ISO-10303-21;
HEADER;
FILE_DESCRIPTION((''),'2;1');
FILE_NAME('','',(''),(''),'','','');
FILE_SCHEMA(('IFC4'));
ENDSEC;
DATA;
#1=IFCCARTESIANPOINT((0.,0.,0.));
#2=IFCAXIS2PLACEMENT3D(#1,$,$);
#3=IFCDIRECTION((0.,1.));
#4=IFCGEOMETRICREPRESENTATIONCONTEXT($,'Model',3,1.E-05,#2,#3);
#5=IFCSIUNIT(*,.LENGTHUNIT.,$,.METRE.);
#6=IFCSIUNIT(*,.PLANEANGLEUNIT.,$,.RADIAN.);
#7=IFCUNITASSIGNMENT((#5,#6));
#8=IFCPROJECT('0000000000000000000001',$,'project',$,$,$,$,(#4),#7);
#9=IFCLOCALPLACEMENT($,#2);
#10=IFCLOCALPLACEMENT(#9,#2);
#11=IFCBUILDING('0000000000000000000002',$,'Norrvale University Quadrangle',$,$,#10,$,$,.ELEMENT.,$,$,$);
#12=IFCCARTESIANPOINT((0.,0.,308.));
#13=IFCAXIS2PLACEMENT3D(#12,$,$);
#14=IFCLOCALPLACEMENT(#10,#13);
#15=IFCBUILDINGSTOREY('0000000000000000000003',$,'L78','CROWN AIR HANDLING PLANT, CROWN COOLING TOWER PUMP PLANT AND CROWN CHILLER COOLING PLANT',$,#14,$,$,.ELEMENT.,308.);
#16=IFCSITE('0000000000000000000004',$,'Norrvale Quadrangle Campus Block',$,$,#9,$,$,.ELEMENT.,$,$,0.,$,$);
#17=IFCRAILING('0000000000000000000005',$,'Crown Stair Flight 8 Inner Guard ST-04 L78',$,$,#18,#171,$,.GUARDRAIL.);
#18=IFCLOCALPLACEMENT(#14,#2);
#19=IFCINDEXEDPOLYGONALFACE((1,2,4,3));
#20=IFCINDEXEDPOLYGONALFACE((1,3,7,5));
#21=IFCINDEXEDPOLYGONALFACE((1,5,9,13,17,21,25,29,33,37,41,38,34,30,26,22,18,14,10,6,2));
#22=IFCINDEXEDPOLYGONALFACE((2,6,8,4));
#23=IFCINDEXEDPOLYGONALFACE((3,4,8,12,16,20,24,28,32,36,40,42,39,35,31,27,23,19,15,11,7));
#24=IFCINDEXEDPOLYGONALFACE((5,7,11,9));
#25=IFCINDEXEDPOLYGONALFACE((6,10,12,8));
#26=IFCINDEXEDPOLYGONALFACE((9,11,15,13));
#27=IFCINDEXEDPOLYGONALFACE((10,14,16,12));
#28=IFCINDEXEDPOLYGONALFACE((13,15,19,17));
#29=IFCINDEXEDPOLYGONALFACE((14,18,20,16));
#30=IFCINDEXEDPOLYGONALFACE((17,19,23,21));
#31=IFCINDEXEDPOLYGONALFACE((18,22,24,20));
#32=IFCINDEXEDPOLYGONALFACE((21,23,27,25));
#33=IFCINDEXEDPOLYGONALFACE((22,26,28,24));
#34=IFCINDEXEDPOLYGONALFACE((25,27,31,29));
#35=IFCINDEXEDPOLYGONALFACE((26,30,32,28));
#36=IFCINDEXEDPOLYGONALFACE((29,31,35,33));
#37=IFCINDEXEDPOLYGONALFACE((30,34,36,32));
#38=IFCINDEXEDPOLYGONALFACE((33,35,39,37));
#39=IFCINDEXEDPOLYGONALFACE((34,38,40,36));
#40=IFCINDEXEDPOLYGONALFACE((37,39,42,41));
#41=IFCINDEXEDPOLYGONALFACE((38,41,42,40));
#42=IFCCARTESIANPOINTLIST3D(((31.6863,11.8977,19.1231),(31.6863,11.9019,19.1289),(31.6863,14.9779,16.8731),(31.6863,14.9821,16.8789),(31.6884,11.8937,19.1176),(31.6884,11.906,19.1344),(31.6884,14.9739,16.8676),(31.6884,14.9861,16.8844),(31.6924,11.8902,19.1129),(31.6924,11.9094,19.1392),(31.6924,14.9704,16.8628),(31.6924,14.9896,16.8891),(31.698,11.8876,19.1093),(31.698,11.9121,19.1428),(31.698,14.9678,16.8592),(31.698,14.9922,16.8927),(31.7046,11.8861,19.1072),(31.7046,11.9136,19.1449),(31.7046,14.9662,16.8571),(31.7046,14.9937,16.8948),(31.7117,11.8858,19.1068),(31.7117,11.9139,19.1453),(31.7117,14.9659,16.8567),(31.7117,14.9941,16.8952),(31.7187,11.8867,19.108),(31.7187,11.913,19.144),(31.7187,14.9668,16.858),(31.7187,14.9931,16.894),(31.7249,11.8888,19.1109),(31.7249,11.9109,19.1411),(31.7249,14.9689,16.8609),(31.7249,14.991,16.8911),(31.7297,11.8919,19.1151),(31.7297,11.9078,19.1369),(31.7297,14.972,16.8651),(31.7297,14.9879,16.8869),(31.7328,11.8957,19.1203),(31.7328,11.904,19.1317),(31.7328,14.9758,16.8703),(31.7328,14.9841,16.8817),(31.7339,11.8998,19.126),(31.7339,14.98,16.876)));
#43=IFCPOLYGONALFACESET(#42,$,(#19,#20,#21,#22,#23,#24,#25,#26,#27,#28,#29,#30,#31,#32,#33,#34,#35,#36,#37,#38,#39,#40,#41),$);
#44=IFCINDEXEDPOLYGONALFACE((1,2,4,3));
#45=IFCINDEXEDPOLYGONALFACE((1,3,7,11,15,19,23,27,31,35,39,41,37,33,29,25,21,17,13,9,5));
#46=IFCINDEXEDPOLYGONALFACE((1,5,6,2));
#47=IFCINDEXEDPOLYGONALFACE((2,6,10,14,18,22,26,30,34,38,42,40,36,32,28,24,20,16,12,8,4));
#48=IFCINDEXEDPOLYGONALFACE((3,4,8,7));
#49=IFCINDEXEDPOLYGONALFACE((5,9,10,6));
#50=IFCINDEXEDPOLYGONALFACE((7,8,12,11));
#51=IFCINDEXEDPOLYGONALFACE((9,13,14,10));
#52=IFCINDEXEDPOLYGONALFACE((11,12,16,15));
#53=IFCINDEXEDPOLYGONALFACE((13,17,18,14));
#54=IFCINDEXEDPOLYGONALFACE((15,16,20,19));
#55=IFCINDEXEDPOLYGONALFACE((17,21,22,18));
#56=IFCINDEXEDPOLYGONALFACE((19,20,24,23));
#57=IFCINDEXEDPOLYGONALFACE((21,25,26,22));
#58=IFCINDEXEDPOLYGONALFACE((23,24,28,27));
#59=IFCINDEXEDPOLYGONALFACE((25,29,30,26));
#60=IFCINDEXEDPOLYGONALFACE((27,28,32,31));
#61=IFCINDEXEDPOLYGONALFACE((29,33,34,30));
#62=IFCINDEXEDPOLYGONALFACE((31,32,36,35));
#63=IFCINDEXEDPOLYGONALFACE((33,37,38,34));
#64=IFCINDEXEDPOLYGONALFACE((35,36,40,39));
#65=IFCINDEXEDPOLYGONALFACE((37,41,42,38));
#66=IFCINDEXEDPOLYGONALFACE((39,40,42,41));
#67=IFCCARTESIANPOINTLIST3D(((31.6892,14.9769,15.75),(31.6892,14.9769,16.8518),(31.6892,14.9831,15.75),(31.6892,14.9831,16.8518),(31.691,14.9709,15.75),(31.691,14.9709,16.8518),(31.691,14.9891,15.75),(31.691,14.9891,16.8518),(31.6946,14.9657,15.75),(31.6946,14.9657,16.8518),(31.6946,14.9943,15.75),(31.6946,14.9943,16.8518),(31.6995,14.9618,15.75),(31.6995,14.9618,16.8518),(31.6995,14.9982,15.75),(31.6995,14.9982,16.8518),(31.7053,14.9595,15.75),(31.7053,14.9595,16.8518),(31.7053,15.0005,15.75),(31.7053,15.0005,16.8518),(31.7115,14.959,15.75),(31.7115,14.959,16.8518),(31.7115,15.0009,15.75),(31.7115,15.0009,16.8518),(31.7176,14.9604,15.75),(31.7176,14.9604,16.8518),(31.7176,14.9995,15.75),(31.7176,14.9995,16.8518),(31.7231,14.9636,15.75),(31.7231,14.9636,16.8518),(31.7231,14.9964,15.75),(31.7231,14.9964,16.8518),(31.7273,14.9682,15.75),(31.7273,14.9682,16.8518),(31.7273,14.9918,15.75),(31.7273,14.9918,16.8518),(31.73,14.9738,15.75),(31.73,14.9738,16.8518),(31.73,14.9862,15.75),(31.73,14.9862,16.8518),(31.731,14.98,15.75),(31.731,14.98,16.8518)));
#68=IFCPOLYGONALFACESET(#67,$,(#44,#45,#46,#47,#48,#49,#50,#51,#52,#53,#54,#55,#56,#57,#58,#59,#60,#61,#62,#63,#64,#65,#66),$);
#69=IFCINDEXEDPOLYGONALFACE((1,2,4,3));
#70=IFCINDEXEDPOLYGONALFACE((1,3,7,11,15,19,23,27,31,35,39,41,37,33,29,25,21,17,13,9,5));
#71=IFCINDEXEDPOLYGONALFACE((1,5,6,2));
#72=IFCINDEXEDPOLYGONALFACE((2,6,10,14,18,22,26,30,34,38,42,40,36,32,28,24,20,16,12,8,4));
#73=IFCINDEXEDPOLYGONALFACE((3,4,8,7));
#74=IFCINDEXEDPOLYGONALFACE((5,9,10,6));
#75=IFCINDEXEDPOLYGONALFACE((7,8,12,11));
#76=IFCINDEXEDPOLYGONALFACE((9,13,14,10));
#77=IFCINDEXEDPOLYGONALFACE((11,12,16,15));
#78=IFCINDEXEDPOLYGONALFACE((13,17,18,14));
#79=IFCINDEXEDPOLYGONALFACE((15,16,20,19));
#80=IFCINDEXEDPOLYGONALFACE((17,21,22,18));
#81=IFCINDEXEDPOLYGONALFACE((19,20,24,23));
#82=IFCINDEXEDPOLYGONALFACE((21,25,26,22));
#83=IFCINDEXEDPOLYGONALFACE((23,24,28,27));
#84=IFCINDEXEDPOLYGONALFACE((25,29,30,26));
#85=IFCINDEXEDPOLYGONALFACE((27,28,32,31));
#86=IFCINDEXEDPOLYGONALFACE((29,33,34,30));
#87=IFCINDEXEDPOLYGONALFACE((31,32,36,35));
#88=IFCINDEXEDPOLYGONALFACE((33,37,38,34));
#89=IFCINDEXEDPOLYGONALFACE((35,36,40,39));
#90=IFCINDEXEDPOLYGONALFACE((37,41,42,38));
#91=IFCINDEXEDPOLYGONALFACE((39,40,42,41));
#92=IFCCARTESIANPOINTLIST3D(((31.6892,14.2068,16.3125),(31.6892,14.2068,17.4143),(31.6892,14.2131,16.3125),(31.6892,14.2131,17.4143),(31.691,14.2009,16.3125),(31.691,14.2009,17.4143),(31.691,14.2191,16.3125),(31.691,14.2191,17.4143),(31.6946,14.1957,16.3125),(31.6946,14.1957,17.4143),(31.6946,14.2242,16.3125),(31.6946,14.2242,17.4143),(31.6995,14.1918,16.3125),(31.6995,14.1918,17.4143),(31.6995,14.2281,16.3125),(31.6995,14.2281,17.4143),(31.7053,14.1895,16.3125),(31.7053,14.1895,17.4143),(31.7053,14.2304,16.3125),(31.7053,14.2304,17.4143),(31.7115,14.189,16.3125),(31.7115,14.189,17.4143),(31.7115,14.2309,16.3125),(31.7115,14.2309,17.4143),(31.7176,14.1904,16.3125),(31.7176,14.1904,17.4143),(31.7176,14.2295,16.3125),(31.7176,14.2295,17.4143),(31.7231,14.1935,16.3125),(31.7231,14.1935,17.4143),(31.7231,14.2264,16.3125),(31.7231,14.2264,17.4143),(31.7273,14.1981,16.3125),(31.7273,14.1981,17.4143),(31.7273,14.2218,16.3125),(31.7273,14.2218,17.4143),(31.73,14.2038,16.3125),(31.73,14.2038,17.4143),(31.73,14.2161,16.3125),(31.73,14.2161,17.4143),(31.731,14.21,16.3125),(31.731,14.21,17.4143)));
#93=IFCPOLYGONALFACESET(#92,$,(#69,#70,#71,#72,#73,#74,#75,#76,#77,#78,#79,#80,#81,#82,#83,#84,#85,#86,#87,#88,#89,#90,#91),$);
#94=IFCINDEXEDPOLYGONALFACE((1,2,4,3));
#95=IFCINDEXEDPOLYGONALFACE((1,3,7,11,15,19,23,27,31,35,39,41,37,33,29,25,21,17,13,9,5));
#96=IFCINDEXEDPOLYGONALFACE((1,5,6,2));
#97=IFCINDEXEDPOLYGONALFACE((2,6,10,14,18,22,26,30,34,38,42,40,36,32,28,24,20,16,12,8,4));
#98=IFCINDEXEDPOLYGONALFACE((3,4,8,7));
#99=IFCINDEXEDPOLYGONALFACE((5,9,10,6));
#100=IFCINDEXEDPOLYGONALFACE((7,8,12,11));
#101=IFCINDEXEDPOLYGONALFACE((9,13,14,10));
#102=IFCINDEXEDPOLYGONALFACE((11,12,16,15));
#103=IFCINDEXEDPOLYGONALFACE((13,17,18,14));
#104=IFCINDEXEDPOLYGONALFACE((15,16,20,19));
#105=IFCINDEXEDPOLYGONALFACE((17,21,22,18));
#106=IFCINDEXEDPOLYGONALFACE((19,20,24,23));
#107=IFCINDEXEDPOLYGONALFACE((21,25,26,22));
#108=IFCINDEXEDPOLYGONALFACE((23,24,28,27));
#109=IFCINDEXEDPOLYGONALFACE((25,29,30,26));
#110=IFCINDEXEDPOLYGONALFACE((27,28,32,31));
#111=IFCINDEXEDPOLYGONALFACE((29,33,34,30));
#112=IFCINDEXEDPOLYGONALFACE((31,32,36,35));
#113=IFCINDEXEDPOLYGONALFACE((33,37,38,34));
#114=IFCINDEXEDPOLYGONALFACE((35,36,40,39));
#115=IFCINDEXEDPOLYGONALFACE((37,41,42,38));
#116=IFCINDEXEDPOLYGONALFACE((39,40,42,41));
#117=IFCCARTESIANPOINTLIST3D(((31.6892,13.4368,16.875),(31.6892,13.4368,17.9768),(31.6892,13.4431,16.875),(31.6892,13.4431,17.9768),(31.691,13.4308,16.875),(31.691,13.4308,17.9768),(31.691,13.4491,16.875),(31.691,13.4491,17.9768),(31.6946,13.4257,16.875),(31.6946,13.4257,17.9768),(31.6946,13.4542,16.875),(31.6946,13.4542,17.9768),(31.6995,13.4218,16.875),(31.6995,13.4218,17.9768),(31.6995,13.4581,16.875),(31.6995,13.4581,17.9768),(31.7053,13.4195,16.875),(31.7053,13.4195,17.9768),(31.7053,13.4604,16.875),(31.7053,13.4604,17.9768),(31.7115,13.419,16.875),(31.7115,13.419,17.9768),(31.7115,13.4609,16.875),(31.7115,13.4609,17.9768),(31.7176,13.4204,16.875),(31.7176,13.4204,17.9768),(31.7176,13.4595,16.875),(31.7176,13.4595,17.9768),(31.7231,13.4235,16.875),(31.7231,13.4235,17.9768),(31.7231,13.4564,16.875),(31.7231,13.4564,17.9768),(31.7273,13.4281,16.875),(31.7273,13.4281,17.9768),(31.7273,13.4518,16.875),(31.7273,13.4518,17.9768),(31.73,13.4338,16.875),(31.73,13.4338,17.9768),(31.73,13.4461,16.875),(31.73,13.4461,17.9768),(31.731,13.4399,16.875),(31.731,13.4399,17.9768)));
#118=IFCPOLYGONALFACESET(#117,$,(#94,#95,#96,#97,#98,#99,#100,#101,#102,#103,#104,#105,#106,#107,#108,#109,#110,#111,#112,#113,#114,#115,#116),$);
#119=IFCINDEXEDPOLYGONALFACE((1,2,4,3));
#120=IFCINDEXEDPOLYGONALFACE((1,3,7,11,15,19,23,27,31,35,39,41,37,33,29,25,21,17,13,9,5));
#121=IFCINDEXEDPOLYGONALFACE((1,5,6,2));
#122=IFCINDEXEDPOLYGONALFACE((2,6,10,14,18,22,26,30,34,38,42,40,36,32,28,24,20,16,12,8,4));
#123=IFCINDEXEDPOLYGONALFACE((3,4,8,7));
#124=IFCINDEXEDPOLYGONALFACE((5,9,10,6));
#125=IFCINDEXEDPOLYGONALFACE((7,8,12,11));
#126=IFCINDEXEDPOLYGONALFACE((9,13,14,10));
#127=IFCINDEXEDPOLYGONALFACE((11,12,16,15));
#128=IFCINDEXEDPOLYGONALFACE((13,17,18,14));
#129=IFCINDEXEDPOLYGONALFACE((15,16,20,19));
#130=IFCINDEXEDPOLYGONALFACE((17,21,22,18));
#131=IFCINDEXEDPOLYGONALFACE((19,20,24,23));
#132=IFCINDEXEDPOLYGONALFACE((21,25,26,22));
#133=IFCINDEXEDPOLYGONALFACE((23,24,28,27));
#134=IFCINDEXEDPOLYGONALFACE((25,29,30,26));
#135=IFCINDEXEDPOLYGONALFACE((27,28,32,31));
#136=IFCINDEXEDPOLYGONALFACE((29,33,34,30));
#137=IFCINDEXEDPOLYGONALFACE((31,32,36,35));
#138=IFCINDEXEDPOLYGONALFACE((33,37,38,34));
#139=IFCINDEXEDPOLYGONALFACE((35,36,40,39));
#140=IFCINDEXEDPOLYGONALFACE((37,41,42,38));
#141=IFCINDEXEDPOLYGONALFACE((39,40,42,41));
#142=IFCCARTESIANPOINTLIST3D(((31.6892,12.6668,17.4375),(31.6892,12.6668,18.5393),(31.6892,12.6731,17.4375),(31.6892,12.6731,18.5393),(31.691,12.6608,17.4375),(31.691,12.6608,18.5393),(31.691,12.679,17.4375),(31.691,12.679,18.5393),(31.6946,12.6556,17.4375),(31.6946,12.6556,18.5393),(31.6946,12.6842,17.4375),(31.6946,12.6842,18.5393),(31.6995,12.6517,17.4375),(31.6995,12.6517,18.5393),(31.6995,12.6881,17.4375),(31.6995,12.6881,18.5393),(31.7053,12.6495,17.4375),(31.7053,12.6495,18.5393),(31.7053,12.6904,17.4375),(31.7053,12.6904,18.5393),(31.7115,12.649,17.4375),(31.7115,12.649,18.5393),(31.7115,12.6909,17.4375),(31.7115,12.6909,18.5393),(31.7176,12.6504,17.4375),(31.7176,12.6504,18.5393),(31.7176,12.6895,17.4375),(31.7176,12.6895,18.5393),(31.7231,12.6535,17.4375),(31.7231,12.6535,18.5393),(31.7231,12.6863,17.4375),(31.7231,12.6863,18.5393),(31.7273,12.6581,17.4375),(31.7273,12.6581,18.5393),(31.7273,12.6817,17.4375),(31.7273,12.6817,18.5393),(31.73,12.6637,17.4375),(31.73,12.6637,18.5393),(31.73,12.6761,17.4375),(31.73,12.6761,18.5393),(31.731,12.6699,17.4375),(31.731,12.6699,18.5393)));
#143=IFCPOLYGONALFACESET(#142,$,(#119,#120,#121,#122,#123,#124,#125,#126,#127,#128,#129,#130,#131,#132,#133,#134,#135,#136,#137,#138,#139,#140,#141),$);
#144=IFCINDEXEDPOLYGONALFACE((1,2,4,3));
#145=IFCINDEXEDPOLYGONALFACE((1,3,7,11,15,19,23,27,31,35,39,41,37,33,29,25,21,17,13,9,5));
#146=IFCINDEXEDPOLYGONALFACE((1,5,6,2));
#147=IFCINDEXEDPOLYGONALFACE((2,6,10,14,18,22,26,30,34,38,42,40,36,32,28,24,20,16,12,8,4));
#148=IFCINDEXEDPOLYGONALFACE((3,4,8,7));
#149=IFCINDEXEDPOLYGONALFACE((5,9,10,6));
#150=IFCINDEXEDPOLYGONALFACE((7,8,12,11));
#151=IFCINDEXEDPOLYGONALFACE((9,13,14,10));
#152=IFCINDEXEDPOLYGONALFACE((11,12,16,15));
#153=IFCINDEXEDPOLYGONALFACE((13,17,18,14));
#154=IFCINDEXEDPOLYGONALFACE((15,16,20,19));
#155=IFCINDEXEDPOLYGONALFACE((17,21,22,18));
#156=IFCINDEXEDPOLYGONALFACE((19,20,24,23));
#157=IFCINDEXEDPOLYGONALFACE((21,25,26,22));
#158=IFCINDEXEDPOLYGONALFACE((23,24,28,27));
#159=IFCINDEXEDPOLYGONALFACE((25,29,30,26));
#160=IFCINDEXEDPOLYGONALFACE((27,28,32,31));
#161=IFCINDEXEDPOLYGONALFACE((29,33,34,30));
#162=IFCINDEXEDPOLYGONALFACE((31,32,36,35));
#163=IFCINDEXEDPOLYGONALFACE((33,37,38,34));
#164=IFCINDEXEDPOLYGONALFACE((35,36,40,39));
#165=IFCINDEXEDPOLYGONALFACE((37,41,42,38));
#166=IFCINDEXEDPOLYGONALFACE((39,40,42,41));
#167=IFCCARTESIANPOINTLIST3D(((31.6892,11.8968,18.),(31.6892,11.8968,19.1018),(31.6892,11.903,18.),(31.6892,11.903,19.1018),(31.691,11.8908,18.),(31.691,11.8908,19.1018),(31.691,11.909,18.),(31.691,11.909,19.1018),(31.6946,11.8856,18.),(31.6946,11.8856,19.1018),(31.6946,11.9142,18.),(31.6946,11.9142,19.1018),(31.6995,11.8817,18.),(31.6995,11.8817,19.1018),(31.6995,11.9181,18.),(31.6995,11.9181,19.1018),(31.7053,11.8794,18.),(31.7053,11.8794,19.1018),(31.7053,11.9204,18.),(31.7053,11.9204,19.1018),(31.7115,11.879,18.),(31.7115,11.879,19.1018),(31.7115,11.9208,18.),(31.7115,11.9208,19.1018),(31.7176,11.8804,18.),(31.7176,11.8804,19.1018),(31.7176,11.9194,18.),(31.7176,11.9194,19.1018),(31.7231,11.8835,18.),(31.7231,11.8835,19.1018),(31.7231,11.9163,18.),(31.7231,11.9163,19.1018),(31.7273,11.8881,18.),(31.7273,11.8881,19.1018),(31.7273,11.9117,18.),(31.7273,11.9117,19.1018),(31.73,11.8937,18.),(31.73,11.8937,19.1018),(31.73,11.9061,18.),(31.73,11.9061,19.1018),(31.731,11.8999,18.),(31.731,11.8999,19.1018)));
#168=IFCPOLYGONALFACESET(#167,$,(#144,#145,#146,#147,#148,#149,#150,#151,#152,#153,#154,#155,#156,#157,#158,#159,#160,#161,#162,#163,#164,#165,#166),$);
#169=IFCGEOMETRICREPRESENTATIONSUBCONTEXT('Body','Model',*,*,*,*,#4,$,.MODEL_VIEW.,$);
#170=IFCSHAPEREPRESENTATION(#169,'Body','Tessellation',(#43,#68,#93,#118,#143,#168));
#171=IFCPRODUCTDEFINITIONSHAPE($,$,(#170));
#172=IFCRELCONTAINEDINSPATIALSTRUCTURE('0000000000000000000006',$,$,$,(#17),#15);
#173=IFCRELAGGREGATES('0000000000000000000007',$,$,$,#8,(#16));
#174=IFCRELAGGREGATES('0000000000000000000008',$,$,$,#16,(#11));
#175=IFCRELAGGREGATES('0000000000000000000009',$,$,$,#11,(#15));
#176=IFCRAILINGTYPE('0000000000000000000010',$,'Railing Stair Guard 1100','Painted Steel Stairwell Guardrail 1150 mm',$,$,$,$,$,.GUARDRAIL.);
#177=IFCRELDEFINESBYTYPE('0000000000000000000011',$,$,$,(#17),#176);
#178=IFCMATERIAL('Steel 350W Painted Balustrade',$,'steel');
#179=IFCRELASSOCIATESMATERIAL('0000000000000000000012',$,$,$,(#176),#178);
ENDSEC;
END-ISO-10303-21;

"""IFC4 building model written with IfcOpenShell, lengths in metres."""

from ifc_helpers import new_model, si_unit, direction, frame, origin, origin_2d, place, context, subcontext, project, spatial, circle, extrude, material, type_object, element, save


model = new_model("IFC4")

# Units and contexts
model_context = context("Model", 3, precision=1e-05, world=origin(), true_north=direction((0.0, 1.0)))
body_context = subcontext(model_context, "Body", "Model", "MODEL_VIEW")
ifc_project = project(units=[si_unit("LENGTHUNIT", "METRE"), si_unit("PLANEANGLEUNIT", "RADIAN")], contexts=[model_context])

# Site, building, storey
site_placement = place(None, origin())
site = spatial("IfcSite", under=ifc_project, at=site_placement, Name="Norrvale Quadrangle Campus Block", CompositionType="ELEMENT", RefElevation=0.0)
building_placement = place(site_placement, origin())
building = spatial("IfcBuilding", under=site, at=building_placement, Name="Norrvale University Quadrangle", CompositionType="ELEMENT")
storey_placement = place(building_placement, frame((0.0, 0.0, 308.0)))
storey = spatial("IfcBuildingStorey", under=building, at=storey_placement, Name="L78", Description="CROWN AIR HANDLING PLANT, CROWN COOLING TOWER PUMP PLANT AND CROWN CHILLER COOLING PLANT", CompositionType="ELEMENT", Elevation=308.0)

# Railing
ifc_material_1 = material(Name="Steel 350W Painted Balustrade", Category="steel")
railing_type = type_object("IfcRailingType", Name="Railing Stair Guard 1100", Description="Painted Steel Stairwell Guardrail 1150 mm", PredefinedType="GUARDRAIL", material=ifc_material_1)
for number, where, name in (
    (1, (31.71, 14.98, 15.75), "Crown Stair Flight 8 Inner Guard ST-04 L78"),
):
    element("IfcRailing", number, at=place(storey_placement, frame(where)), inside=storey, type_object=railing_type, Name=name, PredefinedType="GUARDRAIL", context=body_context, shape_type="SweptSolid", body=[
        extrude(circle(Radius=0.0239, at=origin_2d()), frame((0.0, 0.0, 1.126), z_axis=(0.0, -0.807494, 0.589875), x_axis=(1.0, 0.0, 0.0)), (0.0, 0.0, 1.0), 3.8145),
        extrude(circle(Radius=0.021, at=origin_2d()), origin(), (0.0, 0.0, 1.0), 1.1018),
        extrude(circle(Radius=0.021, at=origin_2d()), frame((0.0, -0.77, 0.5625)), (0.0, 0.0, 1.0), 1.1018),
        extrude(circle(Radius=0.021, at=origin_2d()), frame((0.0, -1.54, 1.125)), (0.0, 0.0, 1.0), 1.1018),
        extrude(circle(Radius=0.021, at=origin_2d()), frame((0.0, -2.3101, 1.6875)), (0.0, 0.0, 1.0), 1.1018),
        extrude(circle(Radius=0.021, at=origin_2d()), frame((0.0, -3.0801, 2.25)), (0.0, 0.0, 1.0), 1.1018),
    ])

save(model, "model.ifc")
